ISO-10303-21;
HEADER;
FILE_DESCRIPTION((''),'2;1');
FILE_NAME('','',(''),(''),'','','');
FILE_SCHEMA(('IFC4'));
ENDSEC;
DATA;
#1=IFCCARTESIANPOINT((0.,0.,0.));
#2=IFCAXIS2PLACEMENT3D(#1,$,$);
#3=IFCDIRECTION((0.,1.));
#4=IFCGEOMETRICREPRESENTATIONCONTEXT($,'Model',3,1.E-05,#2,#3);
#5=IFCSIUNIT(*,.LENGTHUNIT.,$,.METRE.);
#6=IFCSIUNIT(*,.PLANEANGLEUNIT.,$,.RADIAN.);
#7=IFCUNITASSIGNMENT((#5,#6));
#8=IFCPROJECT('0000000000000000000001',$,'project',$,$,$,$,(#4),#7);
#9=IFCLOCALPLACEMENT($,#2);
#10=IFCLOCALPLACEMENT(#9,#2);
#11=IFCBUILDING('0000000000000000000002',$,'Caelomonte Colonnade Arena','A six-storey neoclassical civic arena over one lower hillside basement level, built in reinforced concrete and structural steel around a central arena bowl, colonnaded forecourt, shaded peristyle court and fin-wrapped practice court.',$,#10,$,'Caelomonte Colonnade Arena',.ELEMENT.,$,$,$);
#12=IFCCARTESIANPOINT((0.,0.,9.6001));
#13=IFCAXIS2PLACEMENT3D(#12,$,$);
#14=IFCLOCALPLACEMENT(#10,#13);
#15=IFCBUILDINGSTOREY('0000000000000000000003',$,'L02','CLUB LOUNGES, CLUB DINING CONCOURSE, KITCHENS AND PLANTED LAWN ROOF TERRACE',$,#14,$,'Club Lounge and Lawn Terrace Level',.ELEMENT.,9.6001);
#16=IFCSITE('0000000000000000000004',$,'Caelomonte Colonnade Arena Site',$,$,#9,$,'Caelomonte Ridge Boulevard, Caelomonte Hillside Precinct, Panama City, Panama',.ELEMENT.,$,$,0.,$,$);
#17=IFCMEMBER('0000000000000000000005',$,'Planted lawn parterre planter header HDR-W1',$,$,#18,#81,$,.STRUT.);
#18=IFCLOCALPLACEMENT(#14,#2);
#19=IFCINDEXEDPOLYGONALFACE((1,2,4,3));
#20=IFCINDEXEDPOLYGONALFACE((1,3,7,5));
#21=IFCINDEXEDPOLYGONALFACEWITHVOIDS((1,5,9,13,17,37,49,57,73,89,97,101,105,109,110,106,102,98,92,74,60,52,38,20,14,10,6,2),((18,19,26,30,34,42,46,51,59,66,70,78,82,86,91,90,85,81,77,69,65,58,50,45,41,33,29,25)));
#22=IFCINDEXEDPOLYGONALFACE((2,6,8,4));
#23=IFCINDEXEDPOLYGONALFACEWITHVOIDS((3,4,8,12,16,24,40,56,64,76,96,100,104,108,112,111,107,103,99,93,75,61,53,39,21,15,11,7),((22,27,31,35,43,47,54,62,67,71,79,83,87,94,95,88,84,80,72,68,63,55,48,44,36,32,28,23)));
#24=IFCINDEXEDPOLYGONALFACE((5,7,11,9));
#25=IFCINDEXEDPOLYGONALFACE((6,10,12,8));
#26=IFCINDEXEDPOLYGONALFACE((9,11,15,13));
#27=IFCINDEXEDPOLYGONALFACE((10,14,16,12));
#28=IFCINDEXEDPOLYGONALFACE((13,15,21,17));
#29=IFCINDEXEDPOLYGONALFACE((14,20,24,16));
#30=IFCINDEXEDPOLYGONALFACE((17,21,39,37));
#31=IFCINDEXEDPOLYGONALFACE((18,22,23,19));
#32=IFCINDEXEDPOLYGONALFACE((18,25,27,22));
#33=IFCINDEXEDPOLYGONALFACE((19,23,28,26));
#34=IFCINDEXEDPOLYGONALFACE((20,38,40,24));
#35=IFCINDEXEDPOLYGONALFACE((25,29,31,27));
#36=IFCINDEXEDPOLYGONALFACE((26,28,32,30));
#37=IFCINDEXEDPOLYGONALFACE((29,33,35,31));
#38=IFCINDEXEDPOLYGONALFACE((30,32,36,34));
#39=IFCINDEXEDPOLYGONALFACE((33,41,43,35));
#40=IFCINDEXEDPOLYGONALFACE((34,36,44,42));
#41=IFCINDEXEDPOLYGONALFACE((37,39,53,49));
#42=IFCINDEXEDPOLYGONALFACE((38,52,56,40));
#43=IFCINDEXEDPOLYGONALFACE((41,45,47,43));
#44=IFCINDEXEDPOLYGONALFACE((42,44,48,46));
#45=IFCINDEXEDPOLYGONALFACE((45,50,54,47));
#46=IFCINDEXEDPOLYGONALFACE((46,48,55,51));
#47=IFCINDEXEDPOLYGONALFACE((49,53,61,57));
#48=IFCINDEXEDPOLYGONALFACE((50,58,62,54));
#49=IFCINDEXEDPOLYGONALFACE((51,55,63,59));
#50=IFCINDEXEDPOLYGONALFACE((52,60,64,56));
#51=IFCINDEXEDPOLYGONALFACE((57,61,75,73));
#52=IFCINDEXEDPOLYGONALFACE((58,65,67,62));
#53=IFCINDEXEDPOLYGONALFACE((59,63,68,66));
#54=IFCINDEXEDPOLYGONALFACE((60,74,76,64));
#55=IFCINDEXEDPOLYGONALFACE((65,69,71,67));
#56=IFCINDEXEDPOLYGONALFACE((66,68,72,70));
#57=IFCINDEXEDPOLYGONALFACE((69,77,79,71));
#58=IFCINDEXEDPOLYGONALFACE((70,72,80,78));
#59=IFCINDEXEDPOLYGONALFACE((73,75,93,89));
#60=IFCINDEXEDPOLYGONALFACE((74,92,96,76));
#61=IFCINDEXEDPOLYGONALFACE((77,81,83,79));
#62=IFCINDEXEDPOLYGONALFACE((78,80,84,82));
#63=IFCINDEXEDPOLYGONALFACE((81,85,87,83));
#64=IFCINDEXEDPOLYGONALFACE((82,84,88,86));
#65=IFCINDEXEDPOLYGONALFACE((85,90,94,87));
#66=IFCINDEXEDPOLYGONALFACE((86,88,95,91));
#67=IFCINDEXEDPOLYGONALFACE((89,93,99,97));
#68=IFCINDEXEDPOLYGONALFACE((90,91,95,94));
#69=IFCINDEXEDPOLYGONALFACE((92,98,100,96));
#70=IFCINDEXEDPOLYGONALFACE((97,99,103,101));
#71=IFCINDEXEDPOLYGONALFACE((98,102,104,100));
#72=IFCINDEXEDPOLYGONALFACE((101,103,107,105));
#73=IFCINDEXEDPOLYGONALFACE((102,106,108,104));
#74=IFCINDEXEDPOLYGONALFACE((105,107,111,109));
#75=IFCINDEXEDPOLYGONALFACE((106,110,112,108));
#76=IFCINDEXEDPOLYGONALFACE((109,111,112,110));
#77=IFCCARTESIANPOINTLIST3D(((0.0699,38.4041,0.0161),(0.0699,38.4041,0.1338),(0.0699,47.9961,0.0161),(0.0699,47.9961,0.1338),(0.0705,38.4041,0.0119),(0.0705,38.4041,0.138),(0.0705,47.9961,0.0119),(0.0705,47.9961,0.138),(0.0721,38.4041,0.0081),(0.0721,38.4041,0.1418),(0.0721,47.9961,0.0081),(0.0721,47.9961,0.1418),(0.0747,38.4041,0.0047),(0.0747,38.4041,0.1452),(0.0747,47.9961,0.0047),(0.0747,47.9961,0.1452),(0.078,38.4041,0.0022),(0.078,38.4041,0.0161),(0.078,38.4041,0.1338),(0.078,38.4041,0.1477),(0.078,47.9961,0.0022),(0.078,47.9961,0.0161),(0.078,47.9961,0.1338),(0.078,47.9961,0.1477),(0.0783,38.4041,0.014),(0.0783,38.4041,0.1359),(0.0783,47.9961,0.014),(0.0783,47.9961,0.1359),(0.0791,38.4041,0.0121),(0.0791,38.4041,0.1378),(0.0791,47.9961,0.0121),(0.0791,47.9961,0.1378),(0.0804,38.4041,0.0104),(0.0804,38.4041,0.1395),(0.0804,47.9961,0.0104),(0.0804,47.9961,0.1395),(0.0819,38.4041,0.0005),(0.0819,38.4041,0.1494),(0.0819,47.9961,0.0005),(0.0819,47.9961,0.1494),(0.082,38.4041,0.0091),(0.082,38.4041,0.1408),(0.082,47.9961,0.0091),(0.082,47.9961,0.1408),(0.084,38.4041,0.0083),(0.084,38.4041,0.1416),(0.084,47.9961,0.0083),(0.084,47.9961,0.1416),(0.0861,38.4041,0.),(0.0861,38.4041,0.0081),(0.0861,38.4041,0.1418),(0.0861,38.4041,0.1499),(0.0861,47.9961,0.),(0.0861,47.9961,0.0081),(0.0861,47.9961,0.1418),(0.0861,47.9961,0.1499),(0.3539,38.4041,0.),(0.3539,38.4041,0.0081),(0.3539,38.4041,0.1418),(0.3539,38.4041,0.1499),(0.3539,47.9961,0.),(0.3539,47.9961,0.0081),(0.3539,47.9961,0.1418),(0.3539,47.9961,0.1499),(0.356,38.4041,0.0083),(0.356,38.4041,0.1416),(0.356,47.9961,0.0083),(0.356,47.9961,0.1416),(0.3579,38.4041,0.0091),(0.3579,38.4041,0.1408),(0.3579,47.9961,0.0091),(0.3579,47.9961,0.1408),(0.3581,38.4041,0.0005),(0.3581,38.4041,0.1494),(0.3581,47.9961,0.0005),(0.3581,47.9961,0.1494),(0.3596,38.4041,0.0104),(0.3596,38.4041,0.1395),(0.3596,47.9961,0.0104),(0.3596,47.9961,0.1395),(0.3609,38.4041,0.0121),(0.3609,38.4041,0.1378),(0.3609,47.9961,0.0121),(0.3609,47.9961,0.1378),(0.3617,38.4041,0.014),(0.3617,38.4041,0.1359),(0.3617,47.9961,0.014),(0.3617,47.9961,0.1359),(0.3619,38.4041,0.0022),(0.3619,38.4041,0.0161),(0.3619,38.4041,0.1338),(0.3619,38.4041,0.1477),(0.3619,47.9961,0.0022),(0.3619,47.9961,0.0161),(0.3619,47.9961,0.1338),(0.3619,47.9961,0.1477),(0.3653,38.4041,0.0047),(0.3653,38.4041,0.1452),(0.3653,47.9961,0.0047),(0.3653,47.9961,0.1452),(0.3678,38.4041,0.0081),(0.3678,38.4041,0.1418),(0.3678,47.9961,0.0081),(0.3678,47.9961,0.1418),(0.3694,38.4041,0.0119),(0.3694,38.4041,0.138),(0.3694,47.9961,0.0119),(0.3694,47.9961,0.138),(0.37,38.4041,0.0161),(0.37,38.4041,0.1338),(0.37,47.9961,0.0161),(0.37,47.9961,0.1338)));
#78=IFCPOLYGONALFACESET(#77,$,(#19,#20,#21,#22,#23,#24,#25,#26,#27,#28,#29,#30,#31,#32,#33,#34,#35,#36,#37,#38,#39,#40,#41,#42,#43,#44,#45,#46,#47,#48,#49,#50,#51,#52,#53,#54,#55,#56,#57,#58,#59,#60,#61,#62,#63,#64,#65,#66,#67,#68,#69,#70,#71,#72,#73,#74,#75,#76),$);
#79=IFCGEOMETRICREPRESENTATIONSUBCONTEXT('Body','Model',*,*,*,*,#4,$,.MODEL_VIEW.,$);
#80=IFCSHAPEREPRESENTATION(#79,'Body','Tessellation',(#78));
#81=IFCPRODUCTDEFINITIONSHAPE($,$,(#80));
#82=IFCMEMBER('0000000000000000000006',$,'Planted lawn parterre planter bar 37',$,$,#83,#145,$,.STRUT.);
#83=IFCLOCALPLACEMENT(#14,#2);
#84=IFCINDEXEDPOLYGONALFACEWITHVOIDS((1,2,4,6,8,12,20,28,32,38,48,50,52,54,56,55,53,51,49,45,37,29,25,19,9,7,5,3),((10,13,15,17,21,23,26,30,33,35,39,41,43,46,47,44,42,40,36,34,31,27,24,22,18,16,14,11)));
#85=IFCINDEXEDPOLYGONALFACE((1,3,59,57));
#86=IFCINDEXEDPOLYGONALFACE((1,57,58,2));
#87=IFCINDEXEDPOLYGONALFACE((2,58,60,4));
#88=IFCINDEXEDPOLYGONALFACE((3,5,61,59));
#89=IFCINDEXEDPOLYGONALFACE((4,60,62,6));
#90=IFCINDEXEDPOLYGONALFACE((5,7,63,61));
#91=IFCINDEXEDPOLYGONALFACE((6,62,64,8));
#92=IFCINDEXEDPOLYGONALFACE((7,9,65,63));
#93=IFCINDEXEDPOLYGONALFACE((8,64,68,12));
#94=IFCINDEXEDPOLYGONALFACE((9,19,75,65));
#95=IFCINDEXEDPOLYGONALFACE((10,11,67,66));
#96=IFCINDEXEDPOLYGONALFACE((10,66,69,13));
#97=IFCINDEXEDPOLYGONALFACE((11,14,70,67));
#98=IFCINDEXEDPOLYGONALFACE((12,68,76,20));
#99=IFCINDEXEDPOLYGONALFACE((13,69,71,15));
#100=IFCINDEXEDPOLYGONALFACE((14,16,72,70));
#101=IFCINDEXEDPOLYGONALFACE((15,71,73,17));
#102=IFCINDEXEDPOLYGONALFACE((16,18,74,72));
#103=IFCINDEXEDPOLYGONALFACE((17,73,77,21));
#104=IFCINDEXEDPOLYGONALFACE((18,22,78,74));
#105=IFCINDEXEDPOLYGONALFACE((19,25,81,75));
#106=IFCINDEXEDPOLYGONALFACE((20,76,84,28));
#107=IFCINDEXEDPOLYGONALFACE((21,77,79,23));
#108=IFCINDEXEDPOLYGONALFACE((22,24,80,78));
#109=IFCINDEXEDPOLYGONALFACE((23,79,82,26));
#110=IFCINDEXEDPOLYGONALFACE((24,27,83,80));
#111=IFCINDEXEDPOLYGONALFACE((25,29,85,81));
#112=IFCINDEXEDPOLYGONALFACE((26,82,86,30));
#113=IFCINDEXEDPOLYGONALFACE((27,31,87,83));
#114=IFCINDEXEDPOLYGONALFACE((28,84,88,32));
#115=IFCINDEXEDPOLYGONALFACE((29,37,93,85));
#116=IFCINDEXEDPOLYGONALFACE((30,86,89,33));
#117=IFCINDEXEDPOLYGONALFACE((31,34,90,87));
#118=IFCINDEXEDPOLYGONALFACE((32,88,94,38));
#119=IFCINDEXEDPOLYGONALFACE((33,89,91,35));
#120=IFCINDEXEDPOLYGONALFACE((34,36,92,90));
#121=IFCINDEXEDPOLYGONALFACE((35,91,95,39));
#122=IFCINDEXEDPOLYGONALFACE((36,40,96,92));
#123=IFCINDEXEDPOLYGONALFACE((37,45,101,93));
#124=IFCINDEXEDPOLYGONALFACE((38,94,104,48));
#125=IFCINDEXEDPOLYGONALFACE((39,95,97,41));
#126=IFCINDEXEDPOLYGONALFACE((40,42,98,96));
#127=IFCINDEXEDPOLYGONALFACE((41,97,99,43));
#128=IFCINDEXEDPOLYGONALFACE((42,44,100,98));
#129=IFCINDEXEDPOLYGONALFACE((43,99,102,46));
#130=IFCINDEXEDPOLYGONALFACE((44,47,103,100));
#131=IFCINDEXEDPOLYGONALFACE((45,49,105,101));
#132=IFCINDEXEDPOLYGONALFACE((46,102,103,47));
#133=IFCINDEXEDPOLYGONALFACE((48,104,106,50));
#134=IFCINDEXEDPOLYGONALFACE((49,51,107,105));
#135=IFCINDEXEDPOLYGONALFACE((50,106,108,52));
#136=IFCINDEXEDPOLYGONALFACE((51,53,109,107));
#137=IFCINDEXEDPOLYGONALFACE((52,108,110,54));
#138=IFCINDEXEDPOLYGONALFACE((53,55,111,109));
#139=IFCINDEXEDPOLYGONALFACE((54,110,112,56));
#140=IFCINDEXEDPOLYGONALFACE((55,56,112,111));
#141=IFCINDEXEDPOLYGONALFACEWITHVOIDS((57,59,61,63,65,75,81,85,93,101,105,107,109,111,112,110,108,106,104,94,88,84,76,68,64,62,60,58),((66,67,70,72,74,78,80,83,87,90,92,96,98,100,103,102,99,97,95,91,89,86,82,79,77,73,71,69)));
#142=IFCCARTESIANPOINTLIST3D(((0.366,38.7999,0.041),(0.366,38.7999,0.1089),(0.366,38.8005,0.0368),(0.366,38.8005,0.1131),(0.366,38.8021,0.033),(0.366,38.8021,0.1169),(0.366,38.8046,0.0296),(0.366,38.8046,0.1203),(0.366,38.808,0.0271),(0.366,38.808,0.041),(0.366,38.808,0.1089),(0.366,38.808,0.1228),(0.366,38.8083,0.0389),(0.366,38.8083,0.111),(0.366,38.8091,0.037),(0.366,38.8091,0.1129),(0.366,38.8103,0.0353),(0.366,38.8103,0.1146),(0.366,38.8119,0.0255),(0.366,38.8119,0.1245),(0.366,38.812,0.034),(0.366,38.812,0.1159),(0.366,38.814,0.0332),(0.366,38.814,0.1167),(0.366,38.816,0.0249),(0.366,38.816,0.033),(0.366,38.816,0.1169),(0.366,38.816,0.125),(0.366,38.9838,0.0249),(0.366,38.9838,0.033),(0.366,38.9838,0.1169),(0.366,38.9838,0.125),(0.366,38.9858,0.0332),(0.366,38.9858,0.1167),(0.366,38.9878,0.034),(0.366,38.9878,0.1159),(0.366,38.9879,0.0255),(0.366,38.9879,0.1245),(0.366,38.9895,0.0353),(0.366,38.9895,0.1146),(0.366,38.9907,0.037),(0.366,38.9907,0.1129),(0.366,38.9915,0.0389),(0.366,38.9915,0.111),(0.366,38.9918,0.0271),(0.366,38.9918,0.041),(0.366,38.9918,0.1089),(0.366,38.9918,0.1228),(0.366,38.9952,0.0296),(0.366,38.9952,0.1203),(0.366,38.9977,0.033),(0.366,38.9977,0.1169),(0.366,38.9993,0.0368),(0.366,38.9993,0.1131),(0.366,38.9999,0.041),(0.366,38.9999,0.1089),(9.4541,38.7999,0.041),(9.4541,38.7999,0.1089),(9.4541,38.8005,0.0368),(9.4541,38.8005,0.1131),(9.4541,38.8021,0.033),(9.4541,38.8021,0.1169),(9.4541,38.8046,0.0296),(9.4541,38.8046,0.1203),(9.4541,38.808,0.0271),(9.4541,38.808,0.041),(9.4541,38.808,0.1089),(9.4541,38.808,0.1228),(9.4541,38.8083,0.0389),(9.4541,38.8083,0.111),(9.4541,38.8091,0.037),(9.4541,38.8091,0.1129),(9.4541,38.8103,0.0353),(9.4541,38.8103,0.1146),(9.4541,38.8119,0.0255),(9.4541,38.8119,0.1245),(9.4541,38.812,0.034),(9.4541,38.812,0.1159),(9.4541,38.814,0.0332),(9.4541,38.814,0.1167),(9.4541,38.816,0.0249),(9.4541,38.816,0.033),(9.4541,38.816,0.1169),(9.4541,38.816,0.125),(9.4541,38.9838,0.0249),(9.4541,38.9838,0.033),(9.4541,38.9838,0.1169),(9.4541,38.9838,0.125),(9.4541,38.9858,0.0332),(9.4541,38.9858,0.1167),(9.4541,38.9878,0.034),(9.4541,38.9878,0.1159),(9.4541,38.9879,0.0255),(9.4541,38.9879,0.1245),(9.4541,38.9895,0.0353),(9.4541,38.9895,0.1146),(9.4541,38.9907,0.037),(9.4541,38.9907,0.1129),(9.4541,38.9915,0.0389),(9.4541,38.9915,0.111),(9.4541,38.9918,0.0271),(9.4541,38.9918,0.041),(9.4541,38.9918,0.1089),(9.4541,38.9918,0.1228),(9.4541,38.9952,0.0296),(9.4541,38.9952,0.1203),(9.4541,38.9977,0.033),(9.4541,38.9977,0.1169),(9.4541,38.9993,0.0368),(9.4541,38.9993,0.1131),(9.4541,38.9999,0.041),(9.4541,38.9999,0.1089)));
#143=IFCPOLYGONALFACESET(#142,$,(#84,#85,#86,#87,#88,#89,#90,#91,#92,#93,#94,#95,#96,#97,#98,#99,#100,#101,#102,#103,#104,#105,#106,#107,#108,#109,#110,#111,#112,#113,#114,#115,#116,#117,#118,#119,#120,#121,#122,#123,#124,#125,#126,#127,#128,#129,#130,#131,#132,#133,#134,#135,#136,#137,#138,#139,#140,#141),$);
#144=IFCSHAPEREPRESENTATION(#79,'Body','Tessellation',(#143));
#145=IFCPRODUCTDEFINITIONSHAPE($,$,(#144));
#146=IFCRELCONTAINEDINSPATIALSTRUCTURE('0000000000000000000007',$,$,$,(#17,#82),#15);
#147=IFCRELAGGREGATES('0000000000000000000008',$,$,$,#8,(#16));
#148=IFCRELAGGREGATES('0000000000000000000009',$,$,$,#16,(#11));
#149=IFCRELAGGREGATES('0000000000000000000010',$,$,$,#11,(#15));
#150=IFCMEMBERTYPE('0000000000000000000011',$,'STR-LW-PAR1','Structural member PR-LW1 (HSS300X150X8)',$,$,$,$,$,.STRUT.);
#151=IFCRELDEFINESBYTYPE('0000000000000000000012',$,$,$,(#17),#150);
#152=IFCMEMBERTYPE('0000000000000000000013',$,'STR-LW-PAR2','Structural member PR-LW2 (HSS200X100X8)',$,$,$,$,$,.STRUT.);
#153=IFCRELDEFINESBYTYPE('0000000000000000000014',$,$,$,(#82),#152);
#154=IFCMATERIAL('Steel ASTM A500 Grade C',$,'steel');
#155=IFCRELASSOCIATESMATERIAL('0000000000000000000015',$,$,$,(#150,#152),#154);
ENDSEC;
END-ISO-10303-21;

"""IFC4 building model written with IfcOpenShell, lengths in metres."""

from ifc_helpers import new_model, si_unit, direction, frame, origin, origin_2d, place, context, subcontext, project, spatial, hollow_rectangle, extrude, material, material_profile, profile_set, type_object, element, save


model = new_model("IFC4")

# Units and contexts
model_context = context("Model", 3, precision=1e-05, world=origin(), true_north=direction((0.0, 1.0)))
body_context = subcontext(model_context, "Body", "Model", "MODEL_VIEW")
ifc_project = project(units=[si_unit("LENGTHUNIT", "METRE"), si_unit("PLANEANGLEUNIT", "RADIAN")], contexts=[model_context])

# Site, building, storey
site_placement = place(None, origin())
site = spatial("IfcSite", under=ifc_project, at=site_placement, Name="Caelomonte Colonnade Arena Site", LongName="Caelomonte Ridge Boulevard, Caelomonte Hillside Precinct, Panama City, Panama", CompositionType="ELEMENT", RefElevation=0.0)
building_placement = place(site_placement, origin())
building = spatial("IfcBuilding", under=site, at=building_placement, Name="Caelomonte Colonnade Arena", Description="A six-storey neoclassical civic arena over one lower hillside basement level, built in reinforced concrete and structural steel around a central arena bowl, colonnaded forecourt, shaded peristyle court and fin-wrapped practice court.", LongName="Caelomonte Colonnade Arena", CompositionType="ELEMENT")
storey_placement = place(building_placement, frame((0.0, 0.0, 9.6001)))
storey = spatial("IfcBuildingStorey", under=building, at=storey_placement, Name="L02", Description="CLUB LOUNGES, CLUB DINING CONCOURSE, KITCHENS AND PLANTED LAWN ROOF TERRACE", LongName="Club Lounge and Lawn Terrace Level", CompositionType="ELEMENT", Elevation=9.6001)

# Members
ifc_material_1 = material(Name="Steel ASTM A500 Grade C", Category="steel")
ifc_material_profile_1 = material_profile(ifc_material_1, hollow_rectangle(XDim=0.3, YDim=0.1499, WallThickness=0.0081, InnerFilletRadius=0.0081, OuterFilletRadius=0.0161, at=origin_2d()), Name="HSS300X150X8")
ifc_profile_set_1 = profile_set([ifc_material_profile_1], Name="Steel ASTM A500 Grade C")
member_type_1 = type_object("IfcMemberType", Name="STR-LW-PAR1", Description="Structural member PR-LW1 (HSS300X150X8)", PredefinedType="STRUT", material=ifc_profile_set_1)
member_placement = place(storey_placement, frame((0.22, 38.4041, 0.075), z_axis=(0.0, 1.0, 0.0), x_axis=(-1.0, 0.0, 0.0)))
element("IfcMember", 1, at=member_placement, inside=storey, type_object=member_type_1, Name="Planted lawn parterre planter header HDR-W1", PredefinedType="STRUT", context=body_context, shape_type="SweptSolid", body=[
    extrude(hollow_rectangle(XDim=0.3, YDim=0.1499, WallThickness=0.0081, InnerFilletRadius=0.0081, OuterFilletRadius=0.0161, at=origin_2d()), origin(), (0.0, 0.0, 1.0), 9.592),
])
ifc_material_profile_2 = material_profile(ifc_material_1, hollow_rectangle(XDim=0.2, YDim=0.1001, WallThickness=0.0081, InnerFilletRadius=0.0081, OuterFilletRadius=0.0161, at=origin_2d()), Name="HSS200X100X8")
ifc_profile_set_2 = profile_set([ifc_material_profile_2], Name="Steel ASTM A500 Grade C")
member_type_2 = type_object("IfcMemberType", Name="STR-LW-PAR2", Description="Structural member PR-LW2 (HSS200X100X8)", PredefinedType="STRUT", material=ifc_profile_set_2)
for number, where, z_axis, x_axis, name in (
    (2, (0.366, 38.8999, 0.075), (1.0, 0.0, 0.0), (0.0, 1.0, 0.0), "Planted lawn parterre planter bar 37"),
):
    element("IfcMember", number, at=place(storey_placement, frame(where, z_axis=z_axis, x_axis=x_axis)), inside=storey, type_object=member_type_2, Name=name, PredefinedType="STRUT", context=body_context, shape_type="SweptSolid", body=[
        extrude(hollow_rectangle(XDim=0.2, YDim=0.1001, WallThickness=0.0081, InnerFilletRadius=0.0081, OuterFilletRadius=0.0161, at=origin_2d()), origin(), (0.0, 0.0, 1.0), 9.0881),
    ])

save(model, "model.ifc")
